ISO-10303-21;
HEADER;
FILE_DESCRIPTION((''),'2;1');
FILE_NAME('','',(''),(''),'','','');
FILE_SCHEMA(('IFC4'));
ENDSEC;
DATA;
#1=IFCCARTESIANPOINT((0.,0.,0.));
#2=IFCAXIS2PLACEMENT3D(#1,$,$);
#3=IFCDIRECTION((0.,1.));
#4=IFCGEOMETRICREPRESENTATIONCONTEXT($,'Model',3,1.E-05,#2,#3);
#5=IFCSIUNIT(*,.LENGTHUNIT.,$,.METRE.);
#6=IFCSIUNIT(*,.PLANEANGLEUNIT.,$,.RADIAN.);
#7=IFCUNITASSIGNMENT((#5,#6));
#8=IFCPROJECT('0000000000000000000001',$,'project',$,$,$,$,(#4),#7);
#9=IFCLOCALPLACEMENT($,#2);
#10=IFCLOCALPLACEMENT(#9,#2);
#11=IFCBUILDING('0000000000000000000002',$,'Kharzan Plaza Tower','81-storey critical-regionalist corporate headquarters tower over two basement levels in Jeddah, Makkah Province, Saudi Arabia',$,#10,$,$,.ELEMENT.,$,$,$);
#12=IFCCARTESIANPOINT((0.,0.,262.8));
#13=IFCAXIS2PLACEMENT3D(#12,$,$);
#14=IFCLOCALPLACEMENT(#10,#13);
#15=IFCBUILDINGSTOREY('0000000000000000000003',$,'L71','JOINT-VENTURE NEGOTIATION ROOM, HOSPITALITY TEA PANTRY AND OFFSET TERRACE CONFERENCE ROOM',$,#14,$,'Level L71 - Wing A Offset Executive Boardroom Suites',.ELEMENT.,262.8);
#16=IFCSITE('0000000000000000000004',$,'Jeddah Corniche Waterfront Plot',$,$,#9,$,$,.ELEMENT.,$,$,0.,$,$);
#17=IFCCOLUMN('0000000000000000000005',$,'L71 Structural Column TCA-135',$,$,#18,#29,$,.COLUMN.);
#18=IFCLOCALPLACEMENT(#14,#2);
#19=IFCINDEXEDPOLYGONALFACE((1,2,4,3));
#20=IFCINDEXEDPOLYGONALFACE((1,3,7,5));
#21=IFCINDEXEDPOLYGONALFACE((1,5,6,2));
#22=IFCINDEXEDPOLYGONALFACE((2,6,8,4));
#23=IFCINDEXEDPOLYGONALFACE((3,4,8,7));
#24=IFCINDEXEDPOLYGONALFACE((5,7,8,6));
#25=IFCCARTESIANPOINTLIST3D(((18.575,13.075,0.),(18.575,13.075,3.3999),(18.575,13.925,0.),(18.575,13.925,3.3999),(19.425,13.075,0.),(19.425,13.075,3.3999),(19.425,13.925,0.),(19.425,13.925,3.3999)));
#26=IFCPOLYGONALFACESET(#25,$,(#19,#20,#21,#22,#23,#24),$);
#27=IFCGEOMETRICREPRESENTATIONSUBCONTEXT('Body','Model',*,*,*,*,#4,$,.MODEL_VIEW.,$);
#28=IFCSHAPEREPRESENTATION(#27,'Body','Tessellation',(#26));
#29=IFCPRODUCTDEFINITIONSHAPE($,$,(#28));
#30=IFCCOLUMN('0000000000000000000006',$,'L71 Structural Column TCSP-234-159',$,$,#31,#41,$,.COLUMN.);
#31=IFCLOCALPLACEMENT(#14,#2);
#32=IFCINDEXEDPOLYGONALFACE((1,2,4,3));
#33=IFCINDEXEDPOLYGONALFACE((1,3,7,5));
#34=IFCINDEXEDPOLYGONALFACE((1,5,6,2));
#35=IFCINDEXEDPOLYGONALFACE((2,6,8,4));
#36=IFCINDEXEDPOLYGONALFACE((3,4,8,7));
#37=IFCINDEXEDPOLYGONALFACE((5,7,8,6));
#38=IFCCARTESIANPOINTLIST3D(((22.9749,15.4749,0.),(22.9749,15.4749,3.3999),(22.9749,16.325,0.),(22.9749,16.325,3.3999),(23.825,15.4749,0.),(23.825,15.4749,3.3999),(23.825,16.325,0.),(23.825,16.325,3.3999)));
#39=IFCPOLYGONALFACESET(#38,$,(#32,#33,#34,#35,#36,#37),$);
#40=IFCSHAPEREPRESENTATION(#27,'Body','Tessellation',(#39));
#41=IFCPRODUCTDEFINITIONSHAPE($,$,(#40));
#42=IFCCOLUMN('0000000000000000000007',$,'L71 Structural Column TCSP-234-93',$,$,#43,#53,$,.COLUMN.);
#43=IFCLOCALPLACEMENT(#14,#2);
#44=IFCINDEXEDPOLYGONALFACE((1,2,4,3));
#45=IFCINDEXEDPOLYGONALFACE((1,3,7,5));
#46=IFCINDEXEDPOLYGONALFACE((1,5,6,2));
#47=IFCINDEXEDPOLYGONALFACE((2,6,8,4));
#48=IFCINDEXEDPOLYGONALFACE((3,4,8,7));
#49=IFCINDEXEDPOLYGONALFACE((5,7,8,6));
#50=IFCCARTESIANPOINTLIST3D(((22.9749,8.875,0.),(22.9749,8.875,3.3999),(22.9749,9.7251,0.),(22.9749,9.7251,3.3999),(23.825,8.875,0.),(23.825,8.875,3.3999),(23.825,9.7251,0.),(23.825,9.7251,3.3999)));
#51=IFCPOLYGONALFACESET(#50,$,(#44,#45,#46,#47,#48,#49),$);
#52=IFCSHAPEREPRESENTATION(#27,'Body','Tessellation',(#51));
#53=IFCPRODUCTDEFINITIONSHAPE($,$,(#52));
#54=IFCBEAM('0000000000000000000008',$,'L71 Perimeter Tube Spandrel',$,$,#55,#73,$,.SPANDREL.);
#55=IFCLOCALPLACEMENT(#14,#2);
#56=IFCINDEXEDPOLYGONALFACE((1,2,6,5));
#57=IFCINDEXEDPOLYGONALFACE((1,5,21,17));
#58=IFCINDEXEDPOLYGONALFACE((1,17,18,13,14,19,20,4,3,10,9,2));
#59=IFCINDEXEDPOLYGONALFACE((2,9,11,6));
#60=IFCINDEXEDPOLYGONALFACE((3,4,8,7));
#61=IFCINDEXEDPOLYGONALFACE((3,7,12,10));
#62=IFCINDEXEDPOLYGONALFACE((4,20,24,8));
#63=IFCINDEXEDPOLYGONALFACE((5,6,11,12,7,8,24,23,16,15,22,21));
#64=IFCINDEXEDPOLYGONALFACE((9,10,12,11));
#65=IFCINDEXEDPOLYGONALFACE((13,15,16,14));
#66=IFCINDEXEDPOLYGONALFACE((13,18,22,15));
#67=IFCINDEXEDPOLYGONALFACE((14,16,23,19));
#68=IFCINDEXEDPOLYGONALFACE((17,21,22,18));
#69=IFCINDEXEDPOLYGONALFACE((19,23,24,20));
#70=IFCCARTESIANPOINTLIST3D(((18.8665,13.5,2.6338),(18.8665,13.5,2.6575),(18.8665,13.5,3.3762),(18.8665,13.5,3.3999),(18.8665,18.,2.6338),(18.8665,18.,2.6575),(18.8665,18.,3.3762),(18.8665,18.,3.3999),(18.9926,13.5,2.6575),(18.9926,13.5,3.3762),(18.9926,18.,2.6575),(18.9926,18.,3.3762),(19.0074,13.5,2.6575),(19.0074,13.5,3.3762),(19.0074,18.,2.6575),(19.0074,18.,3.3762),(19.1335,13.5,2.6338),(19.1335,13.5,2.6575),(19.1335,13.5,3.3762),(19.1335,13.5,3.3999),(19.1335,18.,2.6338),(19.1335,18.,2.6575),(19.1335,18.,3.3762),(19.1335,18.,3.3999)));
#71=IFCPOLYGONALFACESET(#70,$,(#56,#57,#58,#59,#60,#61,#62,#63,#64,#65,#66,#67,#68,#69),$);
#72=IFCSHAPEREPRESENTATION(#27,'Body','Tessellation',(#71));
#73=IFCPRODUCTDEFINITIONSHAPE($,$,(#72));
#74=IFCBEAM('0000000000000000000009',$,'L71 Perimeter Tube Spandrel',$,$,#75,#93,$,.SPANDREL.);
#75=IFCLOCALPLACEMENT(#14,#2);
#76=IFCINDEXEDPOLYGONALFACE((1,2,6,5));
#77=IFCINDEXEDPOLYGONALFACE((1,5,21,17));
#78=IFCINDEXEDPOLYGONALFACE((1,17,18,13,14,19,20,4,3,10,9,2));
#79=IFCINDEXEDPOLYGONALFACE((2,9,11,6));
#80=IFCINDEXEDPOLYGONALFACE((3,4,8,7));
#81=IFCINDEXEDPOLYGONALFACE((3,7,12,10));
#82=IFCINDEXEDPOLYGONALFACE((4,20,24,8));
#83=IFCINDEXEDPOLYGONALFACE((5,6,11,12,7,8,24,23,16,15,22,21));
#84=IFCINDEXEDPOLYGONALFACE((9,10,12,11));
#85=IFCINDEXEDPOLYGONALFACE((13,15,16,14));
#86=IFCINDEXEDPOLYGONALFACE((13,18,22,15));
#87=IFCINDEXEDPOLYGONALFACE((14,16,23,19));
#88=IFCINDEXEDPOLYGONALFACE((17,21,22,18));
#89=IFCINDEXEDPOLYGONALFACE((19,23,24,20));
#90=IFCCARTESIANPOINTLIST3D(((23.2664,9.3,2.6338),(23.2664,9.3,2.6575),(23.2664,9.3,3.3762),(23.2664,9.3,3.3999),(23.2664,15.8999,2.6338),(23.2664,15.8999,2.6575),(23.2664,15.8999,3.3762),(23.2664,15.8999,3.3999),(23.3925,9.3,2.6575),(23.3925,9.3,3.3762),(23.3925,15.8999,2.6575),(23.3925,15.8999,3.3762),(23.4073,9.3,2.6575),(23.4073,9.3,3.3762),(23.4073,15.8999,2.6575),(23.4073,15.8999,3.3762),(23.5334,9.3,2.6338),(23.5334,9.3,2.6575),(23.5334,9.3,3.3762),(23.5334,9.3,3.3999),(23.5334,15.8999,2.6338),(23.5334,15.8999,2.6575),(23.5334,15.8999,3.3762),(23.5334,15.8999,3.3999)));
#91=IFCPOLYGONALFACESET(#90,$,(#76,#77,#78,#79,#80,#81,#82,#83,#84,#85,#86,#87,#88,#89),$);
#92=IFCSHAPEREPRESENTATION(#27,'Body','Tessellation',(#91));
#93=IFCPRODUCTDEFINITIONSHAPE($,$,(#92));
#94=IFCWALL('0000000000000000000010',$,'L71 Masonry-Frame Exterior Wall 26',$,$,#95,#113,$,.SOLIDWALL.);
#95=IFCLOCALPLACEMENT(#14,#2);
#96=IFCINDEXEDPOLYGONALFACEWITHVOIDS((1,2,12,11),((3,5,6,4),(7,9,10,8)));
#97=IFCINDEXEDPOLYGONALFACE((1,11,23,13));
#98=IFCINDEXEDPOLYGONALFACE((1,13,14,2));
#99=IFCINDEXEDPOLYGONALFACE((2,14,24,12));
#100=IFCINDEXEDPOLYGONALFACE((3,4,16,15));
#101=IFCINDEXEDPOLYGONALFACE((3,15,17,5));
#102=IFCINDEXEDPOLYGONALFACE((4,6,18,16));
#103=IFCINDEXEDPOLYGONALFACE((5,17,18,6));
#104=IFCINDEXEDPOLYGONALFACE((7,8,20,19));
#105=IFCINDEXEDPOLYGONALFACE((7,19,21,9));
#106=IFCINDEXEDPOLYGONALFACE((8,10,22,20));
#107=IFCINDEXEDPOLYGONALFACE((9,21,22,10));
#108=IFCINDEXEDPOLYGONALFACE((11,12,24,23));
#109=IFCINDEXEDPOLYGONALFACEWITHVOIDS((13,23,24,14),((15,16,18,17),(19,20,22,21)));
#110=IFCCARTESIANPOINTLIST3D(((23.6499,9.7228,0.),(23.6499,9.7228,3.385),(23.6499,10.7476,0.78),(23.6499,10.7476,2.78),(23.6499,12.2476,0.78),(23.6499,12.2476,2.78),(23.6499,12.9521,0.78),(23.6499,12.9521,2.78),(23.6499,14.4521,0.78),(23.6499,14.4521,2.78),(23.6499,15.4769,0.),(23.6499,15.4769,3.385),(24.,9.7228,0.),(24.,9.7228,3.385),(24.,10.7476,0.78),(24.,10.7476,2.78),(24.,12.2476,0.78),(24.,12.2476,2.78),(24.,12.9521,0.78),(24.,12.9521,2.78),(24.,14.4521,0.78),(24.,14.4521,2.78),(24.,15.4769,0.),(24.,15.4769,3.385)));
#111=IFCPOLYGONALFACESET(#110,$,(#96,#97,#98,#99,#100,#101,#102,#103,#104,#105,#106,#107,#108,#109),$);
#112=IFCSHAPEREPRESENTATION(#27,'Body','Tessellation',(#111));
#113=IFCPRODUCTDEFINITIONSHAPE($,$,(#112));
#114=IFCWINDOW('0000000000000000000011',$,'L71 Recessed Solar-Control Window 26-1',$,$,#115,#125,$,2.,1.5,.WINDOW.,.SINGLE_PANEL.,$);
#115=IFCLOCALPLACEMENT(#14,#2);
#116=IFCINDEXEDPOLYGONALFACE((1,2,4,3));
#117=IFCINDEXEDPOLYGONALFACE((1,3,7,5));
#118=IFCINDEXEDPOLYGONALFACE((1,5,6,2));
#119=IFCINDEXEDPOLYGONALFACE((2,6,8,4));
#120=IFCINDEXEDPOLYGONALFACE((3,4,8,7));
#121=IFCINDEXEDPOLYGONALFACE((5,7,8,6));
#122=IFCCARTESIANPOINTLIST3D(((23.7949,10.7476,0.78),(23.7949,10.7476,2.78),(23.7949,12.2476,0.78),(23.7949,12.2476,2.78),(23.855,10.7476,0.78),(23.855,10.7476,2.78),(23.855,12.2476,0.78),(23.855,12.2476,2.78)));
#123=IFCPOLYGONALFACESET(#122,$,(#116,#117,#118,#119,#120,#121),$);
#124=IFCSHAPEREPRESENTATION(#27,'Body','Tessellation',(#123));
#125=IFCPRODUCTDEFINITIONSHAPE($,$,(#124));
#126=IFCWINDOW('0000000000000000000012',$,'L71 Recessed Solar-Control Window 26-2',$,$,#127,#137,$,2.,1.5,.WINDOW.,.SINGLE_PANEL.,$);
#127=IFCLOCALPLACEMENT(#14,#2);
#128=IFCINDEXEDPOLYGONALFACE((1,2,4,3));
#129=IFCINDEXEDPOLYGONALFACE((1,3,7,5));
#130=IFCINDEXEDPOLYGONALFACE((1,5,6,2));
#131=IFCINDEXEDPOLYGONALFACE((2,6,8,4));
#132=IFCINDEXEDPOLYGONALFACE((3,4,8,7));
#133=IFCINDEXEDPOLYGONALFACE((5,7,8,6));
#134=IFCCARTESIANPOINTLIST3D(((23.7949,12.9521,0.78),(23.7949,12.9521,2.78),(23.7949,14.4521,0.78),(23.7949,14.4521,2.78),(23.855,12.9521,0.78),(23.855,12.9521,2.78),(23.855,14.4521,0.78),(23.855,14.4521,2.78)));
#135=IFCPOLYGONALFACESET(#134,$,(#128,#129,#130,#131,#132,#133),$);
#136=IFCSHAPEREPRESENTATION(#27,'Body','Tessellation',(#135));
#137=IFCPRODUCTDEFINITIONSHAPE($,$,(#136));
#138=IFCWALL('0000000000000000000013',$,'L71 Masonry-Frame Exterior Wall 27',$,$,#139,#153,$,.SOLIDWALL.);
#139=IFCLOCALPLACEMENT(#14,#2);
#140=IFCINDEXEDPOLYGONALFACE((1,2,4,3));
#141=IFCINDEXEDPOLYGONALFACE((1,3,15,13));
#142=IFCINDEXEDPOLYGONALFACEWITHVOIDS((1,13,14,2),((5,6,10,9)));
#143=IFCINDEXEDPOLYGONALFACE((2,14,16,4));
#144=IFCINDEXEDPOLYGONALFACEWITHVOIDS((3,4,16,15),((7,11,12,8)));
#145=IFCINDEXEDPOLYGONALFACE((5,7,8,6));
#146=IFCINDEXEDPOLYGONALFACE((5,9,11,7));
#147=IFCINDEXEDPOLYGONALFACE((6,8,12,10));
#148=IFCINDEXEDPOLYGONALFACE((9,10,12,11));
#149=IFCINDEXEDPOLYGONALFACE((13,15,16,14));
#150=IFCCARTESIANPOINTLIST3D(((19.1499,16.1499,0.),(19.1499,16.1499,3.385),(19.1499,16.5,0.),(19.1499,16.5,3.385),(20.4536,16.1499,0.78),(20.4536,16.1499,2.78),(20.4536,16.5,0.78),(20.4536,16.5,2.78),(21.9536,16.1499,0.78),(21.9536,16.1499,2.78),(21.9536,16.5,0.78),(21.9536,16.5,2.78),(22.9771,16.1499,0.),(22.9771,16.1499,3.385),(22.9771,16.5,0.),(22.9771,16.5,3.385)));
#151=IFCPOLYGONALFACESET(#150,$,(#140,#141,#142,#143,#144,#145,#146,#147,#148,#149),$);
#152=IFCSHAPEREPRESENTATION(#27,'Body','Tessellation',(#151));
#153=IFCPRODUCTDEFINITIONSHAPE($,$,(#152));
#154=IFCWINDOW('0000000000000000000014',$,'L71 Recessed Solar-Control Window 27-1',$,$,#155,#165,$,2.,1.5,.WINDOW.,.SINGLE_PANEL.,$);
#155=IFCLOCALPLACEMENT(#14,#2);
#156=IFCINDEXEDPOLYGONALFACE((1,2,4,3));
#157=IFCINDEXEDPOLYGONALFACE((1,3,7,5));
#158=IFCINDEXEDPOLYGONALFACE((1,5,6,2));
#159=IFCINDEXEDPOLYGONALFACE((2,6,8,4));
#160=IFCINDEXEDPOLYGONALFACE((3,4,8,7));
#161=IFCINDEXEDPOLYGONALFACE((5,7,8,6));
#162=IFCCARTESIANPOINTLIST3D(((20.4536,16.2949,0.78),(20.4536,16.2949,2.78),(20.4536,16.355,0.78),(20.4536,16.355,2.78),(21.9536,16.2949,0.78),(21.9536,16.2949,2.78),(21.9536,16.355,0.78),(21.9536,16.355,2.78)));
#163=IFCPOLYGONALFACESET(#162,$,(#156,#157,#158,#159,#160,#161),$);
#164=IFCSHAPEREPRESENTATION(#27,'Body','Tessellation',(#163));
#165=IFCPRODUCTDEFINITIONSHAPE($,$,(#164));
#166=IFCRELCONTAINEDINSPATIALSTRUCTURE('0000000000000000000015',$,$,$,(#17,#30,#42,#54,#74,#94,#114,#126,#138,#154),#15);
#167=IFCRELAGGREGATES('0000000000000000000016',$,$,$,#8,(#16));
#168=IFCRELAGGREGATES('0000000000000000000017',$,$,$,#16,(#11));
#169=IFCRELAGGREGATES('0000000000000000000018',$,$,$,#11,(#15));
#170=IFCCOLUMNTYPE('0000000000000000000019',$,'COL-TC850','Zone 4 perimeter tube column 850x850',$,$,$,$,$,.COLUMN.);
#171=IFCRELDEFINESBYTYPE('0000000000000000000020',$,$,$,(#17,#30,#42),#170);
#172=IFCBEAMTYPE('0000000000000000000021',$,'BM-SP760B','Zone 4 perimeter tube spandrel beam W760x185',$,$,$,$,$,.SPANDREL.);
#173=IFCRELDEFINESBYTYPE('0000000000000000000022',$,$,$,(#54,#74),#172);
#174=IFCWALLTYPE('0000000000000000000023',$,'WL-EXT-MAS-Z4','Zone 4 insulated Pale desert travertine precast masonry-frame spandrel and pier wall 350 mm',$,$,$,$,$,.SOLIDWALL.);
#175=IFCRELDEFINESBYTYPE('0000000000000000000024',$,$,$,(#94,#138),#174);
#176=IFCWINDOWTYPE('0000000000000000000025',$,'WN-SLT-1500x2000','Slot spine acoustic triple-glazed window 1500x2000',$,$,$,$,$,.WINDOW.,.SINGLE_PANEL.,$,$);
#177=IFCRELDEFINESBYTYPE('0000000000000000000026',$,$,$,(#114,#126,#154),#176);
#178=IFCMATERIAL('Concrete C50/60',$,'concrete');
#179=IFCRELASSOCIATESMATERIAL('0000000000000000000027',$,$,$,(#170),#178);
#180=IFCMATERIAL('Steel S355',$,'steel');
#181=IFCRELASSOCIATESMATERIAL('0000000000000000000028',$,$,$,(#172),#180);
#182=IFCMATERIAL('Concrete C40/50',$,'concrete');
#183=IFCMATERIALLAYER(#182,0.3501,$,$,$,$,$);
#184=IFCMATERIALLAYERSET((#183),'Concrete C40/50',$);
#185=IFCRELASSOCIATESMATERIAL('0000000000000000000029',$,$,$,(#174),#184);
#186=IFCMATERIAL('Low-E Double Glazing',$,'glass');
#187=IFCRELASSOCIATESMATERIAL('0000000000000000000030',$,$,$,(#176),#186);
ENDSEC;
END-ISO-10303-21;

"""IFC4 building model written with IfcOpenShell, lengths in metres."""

from ifc_helpers import new_model, si_unit, direction, frame, frame_2d, origin, origin_2d, place, context, subcontext, project, spatial, rectangle, i_section, extrude, source, transform, mapped, material, layer, layer_set, material_profile, profile_set, type_object, element, fill, save


model = new_model("IFC4")

# Units and contexts
model_context = context("Model", 3, precision=1e-05, world=origin(), true_north=direction((0.0, 1.0)))
body_context = subcontext(model_context, "Body", "Model", "MODEL_VIEW")
ifc_project = project(units=[si_unit("LENGTHUNIT", "METRE"), si_unit("PLANEANGLEUNIT", "RADIAN")], contexts=[model_context])

# Site, building, storey
site_placement = place(None, origin())
site = spatial("IfcSite", under=ifc_project, at=site_placement, Name="Jeddah Corniche Waterfront Plot", CompositionType="ELEMENT", RefElevation=0.0)
building_placement = place(site_placement, origin())
building = spatial("IfcBuilding", under=site, at=building_placement, Name="Kharzan Plaza Tower", Description="81-storey critical-regionalist corporate headquarters tower over two basement levels in Jeddah, Makkah Province, Saudi Arabia", CompositionType="ELEMENT")
storey_placement = place(building_placement, frame((0.0, 0.0, 262.8)))
storey = spatial("IfcBuildingStorey", under=building, at=storey_placement, Name="L71", Description="JOINT-VENTURE NEGOTIATION ROOM, HOSPITALITY TEA PANTRY AND OFFSET TERRACE CONFERENCE ROOM", LongName="Level L71 - Wing A Offset Executive Boardroom Suites", CompositionType="ELEMENT", Elevation=262.8)

# Columns
ifc_material_1 = material(Name="Concrete C50/60", Category="concrete")
ifc_material_profile_1 = material_profile(ifc_material_1, rectangle(XDim=0.8501, YDim=0.8501, at=origin_2d()), Name="RC-TC850x850")
ifc_profile_set_1 = profile_set([ifc_material_profile_1], Name="Concrete C50/60")
column_type = type_object("IfcColumnType", Name="COL-TC850", Description="Zone 4 perimeter tube column 850x850", PredefinedType="COLUMN", material=ifc_profile_set_1)
shared_shape_1 = source(origin(), body_context, "Body", "SweptSolid", [
    extrude(rectangle(XDim=0.8501, YDim=0.8501, at=origin_2d()), origin(), (0.0, 0.0, 1.0), 3.3999),
])
for number, where, z_axis, x_axis, name in (
    (1, (19.0, 13.5, 0.0), (0.0, 0.0, 1.0), (1.0, 0.0, 0.0), "L71 Structural Column TCA-135"),
    (2, (23.3999, 15.8999, 0.0), (0.0, 0.0, 1.0), (1.0, 0.0, 0.0), "L71 Structural Column TCSP-234-159"),
    (3, (23.3999, 9.3, 0.0), (0.0, 0.0, 1.0), (1.0, 0.0, 0.0), "L71 Structural Column TCSP-234-93"),
):
    element("IfcColumn", number, at=place(storey_placement, frame(where, z_axis=z_axis, x_axis=x_axis)), inside=storey, type_object=column_type, Name=name, PredefinedType="COLUMN", context=body_context, shape_type="MappedRepresentation", body=[
        mapped(shared_shape_1, transform((0.0, 0.0, 0.0), x_axis=(1.0, 0.0, 0.0), y_axis=(0.0, 1.0, 0.0), z_axis=(0.0, 0.0, 1.0))),
    ])

# Beams
ifc_material_2 = material(Name="Steel S355", Category="steel")
ifc_material_profile_2 = material_profile(ifc_material_2, i_section(OverallWidth=0.2671, OverallDepth=0.7661, WebThickness=0.0149, FlangeThickness=0.0237, at=origin_2d()), Name="W760x185")
ifc_profile_set_2 = profile_set([ifc_material_profile_2], Name="Steel S355")
beam_type = type_object("IfcBeamType", Name="BM-SP760B", Description="Zone 4 perimeter tube spandrel beam W760x185", PredefinedType="SPANDREL", material=ifc_profile_set_2)
shared_shape_2 = source(origin(), body_context, "Body", "SweptSolid", [
    extrude(i_section(OverallWidth=0.2671, OverallDepth=0.7661, WebThickness=0.0149, FlangeThickness=0.0237, at=origin_2d()), origin(), (0.0, 0.0, 1.0), 4.5),
])
beam_1_placement = place(storey_placement, frame((19.0, 13.5, 3.0168), z_axis=(0.0, 1.0, 0.0), x_axis=(-1.0, 0.0, 0.0)))
element("IfcBeam", 4, at=beam_1_placement, inside=storey, type_object=beam_type, Name="L71 Perimeter Tube Spandrel", PredefinedType="SPANDREL", context=body_context, shape_type="MappedRepresentation", body=[
    mapped(shared_shape_2, transform((0.0, 0.0, 0.0), x_axis=(1.0, 0.0, 0.0), y_axis=(0.0, 1.0, 0.0), z_axis=(0.0, 0.0, 1.0))),
])
shared_shape_3 = source(origin(), body_context, "Body", "SweptSolid", [
    extrude(i_section(OverallWidth=0.2671, OverallDepth=0.7661, WebThickness=0.0149, FlangeThickness=0.0237, at=origin_2d()), origin(), (0.0, 0.0, 1.0), 6.5999),
])
beam_2_placement = place(storey_placement, frame((23.3999, 9.3, 3.0168), z_axis=(0.0, 1.0, 0.0), x_axis=(-1.0, 0.0, 0.0)))
element("IfcBeam", 5, at=beam_2_placement, inside=storey, type_object=beam_type, Name="L71 Perimeter Tube Spandrel", PredefinedType="SPANDREL", context=body_context, shape_type="MappedRepresentation", body=[
    mapped(shared_shape_3, transform((0.0, 0.0, 0.0), x_axis=(1.0, 0.0, 0.0), y_axis=(0.0, 1.0, 0.0), z_axis=(0.0, 0.0, 1.0))),
])

# Wall, openings, windows
ifc_material_3 = material(Name="Concrete C40/50", Category="concrete")
ifc_layer_1 = layer(ifc_material_3, 0.3501)
ifc_layer_set_1 = layer_set([ifc_layer_1], Name="Concrete C40/50")
wall_type_1 = type_object("IfcWallType", Name="WL-EXT-MAS-Z4", Description="Zone 4 insulated Pale desert travertine precast masonry-frame spandrel and pier wall 350 mm", PredefinedType="SOLIDWALL", material=ifc_layer_set_1)
wall_1_placement = place(storey_placement, frame((23.825, 9.7229, 0.0), z_axis=(0.0, 0.0, 1.0), x_axis=(0.0, 1.0, 0.0)))
wall_1 = element("IfcWall", 6, at=wall_1_placement, inside=storey, type_object=wall_type_1, Name="L71 Masonry-Frame Exterior Wall 26", PredefinedType="SOLIDWALL", context=body_context, shape_type="SweptSolid", body=[
    extrude(rectangle(XDim=5.7542, YDim=0.3501, at=frame_2d((2.877, 0.0))), origin(), (0.0, 0.0, 1.0), 3.385),
])
opening_1_placement = place(wall_1_placement, frame((1.0247, 0.0, 0.78)))
opening_1 = element("IfcOpeningElement", 7, at=opening_1_placement, cuts=wall_1, PredefinedType="OPENING", context=body_context, shape_type="SweptSolid", body=[
    extrude(rectangle(XDim=1.5, YDim=2.0, at=frame_2d((0.75, 1.0))), frame((0.0, 0.1851, 0.0), z_axis=(0.0, -1.0, 0.0), x_axis=(1.0, 0.0, 0.0)), (0.0, 0.0, 1.0), 0.3701),
])
opening_2_placement = place(wall_1_placement, frame((3.2292, 0.0, 0.78)))
opening_2 = element("IfcOpeningElement", 8, at=opening_2_placement, cuts=wall_1, PredefinedType="OPENING", context=body_context, shape_type="SweptSolid", body=[
    extrude(rectangle(XDim=1.5, YDim=2.0, at=frame_2d((0.75, 1.0))), frame((0.0, 0.1851, 0.0), z_axis=(0.0, -1.0, 0.0), x_axis=(1.0, 0.0, 0.0)), (0.0, 0.0, 1.0), 0.3701),
])
ifc_material_4 = material(Name="Low-E Double Glazing", Category="glass")
window_type = type_object("IfcWindowType", Name="WN-SLT-1500x2000", Description="Slot spine acoustic triple-glazed window 1500x2000", PartitioningType="SINGLE_PANEL", PredefinedType="WINDOW", material=ifc_material_4)
shared_shape_4 = source(origin(), body_context, "Body", "SweptSolid", [
    extrude(rectangle(XDim=1.5, YDim=2.0, at=frame_2d((0.75, 1.0))), frame((0.0, 0.03, 0.0), z_axis=(0.0, -1.0, 0.0), x_axis=(1.0, 0.0, 0.0)), (0.0, 0.0, 1.0), 0.0601),
])
window_1_placement = place(opening_1_placement, origin())
window_1 = element("IfcWindow", 9, at=window_1_placement, inside=storey, type_object=window_type, Name="L71 Recessed Solar-Control Window 26-1", OverallHeight=2.0, OverallWidth=1.5, PartitioningType="SINGLE_PANEL", PredefinedType="WINDOW", context=body_context, shape_type="MappedRepresentation", body=[
    mapped(shared_shape_4, transform((0.0, 0.0, 0.0), x_axis=(1.0, 0.0, 0.0), y_axis=(0.0, 1.0, 0.0), z_axis=(0.0, 0.0, 1.0))),
])
fill(opening_1, window_1)
window_2_placement = place(opening_2_placement, origin())
window_2 = element("IfcWindow", 10, at=window_2_placement, inside=storey, type_object=window_type, Name="L71 Recessed Solar-Control Window 26-2", OverallHeight=2.0, OverallWidth=1.5, PartitioningType="SINGLE_PANEL", PredefinedType="WINDOW", context=body_context, shape_type="MappedRepresentation", body=[
    mapped(shared_shape_4, transform((0.0, 0.0, 0.0), x_axis=(1.0, 0.0, 0.0), y_axis=(0.0, 1.0, 0.0), z_axis=(0.0, 0.0, 1.0))),
])
fill(opening_2, window_2)

# Wall, opening, window
wall_2_placement = place(storey_placement, frame((22.9771, 16.325, 0.0), z_axis=(0.0, 0.0, 1.0), x_axis=(-1.0, 0.0, 0.0)))
wall_2 = element("IfcWall", 11, at=wall_2_placement, inside=storey, type_object=wall_type_1, Name="L71 Masonry-Frame Exterior Wall 27", PredefinedType="SOLIDWALL", context=body_context, shape_type="SweptSolid", body=[
    extrude(rectangle(XDim=3.8271, YDim=0.3501, at=frame_2d((1.9136, 0.0))), origin(), (0.0, 0.0, 1.0), 3.385),
])
opening_3_placement = place(wall_2_placement, frame((1.0234, 0.0, 0.78)))
opening_3 = element("IfcOpeningElement", 12, at=opening_3_placement, cuts=wall_2, PredefinedType="OPENING", context=body_context, shape_type="SweptSolid", body=[
    extrude(rectangle(XDim=1.5, YDim=2.0, at=frame_2d((0.75, 1.0))), frame((0.0, 0.1851, 0.0), z_axis=(0.0, -1.0, 0.0), x_axis=(1.0, 0.0, 0.0)), (0.0, 0.0, 1.0), 0.3701),
])
window_3_placement = place(opening_3_placement, origin())
window_3 = element("IfcWindow", 13, at=window_3_placement, inside=storey, type_object=window_type, Name="L71 Recessed Solar-Control Window 27-1", OverallHeight=2.0, OverallWidth=1.5, PartitioningType="SINGLE_PANEL", PredefinedType="WINDOW", context=body_context, shape_type="MappedRepresentation", body=[
    mapped(shared_shape_4, transform((0.0, 0.0, 0.0), x_axis=(1.0, 0.0, 0.0), y_axis=(0.0, 1.0, 0.0), z_axis=(0.0, 0.0, 1.0))),
])
fill(opening_3, window_3)

save(model, "model.ifc")
